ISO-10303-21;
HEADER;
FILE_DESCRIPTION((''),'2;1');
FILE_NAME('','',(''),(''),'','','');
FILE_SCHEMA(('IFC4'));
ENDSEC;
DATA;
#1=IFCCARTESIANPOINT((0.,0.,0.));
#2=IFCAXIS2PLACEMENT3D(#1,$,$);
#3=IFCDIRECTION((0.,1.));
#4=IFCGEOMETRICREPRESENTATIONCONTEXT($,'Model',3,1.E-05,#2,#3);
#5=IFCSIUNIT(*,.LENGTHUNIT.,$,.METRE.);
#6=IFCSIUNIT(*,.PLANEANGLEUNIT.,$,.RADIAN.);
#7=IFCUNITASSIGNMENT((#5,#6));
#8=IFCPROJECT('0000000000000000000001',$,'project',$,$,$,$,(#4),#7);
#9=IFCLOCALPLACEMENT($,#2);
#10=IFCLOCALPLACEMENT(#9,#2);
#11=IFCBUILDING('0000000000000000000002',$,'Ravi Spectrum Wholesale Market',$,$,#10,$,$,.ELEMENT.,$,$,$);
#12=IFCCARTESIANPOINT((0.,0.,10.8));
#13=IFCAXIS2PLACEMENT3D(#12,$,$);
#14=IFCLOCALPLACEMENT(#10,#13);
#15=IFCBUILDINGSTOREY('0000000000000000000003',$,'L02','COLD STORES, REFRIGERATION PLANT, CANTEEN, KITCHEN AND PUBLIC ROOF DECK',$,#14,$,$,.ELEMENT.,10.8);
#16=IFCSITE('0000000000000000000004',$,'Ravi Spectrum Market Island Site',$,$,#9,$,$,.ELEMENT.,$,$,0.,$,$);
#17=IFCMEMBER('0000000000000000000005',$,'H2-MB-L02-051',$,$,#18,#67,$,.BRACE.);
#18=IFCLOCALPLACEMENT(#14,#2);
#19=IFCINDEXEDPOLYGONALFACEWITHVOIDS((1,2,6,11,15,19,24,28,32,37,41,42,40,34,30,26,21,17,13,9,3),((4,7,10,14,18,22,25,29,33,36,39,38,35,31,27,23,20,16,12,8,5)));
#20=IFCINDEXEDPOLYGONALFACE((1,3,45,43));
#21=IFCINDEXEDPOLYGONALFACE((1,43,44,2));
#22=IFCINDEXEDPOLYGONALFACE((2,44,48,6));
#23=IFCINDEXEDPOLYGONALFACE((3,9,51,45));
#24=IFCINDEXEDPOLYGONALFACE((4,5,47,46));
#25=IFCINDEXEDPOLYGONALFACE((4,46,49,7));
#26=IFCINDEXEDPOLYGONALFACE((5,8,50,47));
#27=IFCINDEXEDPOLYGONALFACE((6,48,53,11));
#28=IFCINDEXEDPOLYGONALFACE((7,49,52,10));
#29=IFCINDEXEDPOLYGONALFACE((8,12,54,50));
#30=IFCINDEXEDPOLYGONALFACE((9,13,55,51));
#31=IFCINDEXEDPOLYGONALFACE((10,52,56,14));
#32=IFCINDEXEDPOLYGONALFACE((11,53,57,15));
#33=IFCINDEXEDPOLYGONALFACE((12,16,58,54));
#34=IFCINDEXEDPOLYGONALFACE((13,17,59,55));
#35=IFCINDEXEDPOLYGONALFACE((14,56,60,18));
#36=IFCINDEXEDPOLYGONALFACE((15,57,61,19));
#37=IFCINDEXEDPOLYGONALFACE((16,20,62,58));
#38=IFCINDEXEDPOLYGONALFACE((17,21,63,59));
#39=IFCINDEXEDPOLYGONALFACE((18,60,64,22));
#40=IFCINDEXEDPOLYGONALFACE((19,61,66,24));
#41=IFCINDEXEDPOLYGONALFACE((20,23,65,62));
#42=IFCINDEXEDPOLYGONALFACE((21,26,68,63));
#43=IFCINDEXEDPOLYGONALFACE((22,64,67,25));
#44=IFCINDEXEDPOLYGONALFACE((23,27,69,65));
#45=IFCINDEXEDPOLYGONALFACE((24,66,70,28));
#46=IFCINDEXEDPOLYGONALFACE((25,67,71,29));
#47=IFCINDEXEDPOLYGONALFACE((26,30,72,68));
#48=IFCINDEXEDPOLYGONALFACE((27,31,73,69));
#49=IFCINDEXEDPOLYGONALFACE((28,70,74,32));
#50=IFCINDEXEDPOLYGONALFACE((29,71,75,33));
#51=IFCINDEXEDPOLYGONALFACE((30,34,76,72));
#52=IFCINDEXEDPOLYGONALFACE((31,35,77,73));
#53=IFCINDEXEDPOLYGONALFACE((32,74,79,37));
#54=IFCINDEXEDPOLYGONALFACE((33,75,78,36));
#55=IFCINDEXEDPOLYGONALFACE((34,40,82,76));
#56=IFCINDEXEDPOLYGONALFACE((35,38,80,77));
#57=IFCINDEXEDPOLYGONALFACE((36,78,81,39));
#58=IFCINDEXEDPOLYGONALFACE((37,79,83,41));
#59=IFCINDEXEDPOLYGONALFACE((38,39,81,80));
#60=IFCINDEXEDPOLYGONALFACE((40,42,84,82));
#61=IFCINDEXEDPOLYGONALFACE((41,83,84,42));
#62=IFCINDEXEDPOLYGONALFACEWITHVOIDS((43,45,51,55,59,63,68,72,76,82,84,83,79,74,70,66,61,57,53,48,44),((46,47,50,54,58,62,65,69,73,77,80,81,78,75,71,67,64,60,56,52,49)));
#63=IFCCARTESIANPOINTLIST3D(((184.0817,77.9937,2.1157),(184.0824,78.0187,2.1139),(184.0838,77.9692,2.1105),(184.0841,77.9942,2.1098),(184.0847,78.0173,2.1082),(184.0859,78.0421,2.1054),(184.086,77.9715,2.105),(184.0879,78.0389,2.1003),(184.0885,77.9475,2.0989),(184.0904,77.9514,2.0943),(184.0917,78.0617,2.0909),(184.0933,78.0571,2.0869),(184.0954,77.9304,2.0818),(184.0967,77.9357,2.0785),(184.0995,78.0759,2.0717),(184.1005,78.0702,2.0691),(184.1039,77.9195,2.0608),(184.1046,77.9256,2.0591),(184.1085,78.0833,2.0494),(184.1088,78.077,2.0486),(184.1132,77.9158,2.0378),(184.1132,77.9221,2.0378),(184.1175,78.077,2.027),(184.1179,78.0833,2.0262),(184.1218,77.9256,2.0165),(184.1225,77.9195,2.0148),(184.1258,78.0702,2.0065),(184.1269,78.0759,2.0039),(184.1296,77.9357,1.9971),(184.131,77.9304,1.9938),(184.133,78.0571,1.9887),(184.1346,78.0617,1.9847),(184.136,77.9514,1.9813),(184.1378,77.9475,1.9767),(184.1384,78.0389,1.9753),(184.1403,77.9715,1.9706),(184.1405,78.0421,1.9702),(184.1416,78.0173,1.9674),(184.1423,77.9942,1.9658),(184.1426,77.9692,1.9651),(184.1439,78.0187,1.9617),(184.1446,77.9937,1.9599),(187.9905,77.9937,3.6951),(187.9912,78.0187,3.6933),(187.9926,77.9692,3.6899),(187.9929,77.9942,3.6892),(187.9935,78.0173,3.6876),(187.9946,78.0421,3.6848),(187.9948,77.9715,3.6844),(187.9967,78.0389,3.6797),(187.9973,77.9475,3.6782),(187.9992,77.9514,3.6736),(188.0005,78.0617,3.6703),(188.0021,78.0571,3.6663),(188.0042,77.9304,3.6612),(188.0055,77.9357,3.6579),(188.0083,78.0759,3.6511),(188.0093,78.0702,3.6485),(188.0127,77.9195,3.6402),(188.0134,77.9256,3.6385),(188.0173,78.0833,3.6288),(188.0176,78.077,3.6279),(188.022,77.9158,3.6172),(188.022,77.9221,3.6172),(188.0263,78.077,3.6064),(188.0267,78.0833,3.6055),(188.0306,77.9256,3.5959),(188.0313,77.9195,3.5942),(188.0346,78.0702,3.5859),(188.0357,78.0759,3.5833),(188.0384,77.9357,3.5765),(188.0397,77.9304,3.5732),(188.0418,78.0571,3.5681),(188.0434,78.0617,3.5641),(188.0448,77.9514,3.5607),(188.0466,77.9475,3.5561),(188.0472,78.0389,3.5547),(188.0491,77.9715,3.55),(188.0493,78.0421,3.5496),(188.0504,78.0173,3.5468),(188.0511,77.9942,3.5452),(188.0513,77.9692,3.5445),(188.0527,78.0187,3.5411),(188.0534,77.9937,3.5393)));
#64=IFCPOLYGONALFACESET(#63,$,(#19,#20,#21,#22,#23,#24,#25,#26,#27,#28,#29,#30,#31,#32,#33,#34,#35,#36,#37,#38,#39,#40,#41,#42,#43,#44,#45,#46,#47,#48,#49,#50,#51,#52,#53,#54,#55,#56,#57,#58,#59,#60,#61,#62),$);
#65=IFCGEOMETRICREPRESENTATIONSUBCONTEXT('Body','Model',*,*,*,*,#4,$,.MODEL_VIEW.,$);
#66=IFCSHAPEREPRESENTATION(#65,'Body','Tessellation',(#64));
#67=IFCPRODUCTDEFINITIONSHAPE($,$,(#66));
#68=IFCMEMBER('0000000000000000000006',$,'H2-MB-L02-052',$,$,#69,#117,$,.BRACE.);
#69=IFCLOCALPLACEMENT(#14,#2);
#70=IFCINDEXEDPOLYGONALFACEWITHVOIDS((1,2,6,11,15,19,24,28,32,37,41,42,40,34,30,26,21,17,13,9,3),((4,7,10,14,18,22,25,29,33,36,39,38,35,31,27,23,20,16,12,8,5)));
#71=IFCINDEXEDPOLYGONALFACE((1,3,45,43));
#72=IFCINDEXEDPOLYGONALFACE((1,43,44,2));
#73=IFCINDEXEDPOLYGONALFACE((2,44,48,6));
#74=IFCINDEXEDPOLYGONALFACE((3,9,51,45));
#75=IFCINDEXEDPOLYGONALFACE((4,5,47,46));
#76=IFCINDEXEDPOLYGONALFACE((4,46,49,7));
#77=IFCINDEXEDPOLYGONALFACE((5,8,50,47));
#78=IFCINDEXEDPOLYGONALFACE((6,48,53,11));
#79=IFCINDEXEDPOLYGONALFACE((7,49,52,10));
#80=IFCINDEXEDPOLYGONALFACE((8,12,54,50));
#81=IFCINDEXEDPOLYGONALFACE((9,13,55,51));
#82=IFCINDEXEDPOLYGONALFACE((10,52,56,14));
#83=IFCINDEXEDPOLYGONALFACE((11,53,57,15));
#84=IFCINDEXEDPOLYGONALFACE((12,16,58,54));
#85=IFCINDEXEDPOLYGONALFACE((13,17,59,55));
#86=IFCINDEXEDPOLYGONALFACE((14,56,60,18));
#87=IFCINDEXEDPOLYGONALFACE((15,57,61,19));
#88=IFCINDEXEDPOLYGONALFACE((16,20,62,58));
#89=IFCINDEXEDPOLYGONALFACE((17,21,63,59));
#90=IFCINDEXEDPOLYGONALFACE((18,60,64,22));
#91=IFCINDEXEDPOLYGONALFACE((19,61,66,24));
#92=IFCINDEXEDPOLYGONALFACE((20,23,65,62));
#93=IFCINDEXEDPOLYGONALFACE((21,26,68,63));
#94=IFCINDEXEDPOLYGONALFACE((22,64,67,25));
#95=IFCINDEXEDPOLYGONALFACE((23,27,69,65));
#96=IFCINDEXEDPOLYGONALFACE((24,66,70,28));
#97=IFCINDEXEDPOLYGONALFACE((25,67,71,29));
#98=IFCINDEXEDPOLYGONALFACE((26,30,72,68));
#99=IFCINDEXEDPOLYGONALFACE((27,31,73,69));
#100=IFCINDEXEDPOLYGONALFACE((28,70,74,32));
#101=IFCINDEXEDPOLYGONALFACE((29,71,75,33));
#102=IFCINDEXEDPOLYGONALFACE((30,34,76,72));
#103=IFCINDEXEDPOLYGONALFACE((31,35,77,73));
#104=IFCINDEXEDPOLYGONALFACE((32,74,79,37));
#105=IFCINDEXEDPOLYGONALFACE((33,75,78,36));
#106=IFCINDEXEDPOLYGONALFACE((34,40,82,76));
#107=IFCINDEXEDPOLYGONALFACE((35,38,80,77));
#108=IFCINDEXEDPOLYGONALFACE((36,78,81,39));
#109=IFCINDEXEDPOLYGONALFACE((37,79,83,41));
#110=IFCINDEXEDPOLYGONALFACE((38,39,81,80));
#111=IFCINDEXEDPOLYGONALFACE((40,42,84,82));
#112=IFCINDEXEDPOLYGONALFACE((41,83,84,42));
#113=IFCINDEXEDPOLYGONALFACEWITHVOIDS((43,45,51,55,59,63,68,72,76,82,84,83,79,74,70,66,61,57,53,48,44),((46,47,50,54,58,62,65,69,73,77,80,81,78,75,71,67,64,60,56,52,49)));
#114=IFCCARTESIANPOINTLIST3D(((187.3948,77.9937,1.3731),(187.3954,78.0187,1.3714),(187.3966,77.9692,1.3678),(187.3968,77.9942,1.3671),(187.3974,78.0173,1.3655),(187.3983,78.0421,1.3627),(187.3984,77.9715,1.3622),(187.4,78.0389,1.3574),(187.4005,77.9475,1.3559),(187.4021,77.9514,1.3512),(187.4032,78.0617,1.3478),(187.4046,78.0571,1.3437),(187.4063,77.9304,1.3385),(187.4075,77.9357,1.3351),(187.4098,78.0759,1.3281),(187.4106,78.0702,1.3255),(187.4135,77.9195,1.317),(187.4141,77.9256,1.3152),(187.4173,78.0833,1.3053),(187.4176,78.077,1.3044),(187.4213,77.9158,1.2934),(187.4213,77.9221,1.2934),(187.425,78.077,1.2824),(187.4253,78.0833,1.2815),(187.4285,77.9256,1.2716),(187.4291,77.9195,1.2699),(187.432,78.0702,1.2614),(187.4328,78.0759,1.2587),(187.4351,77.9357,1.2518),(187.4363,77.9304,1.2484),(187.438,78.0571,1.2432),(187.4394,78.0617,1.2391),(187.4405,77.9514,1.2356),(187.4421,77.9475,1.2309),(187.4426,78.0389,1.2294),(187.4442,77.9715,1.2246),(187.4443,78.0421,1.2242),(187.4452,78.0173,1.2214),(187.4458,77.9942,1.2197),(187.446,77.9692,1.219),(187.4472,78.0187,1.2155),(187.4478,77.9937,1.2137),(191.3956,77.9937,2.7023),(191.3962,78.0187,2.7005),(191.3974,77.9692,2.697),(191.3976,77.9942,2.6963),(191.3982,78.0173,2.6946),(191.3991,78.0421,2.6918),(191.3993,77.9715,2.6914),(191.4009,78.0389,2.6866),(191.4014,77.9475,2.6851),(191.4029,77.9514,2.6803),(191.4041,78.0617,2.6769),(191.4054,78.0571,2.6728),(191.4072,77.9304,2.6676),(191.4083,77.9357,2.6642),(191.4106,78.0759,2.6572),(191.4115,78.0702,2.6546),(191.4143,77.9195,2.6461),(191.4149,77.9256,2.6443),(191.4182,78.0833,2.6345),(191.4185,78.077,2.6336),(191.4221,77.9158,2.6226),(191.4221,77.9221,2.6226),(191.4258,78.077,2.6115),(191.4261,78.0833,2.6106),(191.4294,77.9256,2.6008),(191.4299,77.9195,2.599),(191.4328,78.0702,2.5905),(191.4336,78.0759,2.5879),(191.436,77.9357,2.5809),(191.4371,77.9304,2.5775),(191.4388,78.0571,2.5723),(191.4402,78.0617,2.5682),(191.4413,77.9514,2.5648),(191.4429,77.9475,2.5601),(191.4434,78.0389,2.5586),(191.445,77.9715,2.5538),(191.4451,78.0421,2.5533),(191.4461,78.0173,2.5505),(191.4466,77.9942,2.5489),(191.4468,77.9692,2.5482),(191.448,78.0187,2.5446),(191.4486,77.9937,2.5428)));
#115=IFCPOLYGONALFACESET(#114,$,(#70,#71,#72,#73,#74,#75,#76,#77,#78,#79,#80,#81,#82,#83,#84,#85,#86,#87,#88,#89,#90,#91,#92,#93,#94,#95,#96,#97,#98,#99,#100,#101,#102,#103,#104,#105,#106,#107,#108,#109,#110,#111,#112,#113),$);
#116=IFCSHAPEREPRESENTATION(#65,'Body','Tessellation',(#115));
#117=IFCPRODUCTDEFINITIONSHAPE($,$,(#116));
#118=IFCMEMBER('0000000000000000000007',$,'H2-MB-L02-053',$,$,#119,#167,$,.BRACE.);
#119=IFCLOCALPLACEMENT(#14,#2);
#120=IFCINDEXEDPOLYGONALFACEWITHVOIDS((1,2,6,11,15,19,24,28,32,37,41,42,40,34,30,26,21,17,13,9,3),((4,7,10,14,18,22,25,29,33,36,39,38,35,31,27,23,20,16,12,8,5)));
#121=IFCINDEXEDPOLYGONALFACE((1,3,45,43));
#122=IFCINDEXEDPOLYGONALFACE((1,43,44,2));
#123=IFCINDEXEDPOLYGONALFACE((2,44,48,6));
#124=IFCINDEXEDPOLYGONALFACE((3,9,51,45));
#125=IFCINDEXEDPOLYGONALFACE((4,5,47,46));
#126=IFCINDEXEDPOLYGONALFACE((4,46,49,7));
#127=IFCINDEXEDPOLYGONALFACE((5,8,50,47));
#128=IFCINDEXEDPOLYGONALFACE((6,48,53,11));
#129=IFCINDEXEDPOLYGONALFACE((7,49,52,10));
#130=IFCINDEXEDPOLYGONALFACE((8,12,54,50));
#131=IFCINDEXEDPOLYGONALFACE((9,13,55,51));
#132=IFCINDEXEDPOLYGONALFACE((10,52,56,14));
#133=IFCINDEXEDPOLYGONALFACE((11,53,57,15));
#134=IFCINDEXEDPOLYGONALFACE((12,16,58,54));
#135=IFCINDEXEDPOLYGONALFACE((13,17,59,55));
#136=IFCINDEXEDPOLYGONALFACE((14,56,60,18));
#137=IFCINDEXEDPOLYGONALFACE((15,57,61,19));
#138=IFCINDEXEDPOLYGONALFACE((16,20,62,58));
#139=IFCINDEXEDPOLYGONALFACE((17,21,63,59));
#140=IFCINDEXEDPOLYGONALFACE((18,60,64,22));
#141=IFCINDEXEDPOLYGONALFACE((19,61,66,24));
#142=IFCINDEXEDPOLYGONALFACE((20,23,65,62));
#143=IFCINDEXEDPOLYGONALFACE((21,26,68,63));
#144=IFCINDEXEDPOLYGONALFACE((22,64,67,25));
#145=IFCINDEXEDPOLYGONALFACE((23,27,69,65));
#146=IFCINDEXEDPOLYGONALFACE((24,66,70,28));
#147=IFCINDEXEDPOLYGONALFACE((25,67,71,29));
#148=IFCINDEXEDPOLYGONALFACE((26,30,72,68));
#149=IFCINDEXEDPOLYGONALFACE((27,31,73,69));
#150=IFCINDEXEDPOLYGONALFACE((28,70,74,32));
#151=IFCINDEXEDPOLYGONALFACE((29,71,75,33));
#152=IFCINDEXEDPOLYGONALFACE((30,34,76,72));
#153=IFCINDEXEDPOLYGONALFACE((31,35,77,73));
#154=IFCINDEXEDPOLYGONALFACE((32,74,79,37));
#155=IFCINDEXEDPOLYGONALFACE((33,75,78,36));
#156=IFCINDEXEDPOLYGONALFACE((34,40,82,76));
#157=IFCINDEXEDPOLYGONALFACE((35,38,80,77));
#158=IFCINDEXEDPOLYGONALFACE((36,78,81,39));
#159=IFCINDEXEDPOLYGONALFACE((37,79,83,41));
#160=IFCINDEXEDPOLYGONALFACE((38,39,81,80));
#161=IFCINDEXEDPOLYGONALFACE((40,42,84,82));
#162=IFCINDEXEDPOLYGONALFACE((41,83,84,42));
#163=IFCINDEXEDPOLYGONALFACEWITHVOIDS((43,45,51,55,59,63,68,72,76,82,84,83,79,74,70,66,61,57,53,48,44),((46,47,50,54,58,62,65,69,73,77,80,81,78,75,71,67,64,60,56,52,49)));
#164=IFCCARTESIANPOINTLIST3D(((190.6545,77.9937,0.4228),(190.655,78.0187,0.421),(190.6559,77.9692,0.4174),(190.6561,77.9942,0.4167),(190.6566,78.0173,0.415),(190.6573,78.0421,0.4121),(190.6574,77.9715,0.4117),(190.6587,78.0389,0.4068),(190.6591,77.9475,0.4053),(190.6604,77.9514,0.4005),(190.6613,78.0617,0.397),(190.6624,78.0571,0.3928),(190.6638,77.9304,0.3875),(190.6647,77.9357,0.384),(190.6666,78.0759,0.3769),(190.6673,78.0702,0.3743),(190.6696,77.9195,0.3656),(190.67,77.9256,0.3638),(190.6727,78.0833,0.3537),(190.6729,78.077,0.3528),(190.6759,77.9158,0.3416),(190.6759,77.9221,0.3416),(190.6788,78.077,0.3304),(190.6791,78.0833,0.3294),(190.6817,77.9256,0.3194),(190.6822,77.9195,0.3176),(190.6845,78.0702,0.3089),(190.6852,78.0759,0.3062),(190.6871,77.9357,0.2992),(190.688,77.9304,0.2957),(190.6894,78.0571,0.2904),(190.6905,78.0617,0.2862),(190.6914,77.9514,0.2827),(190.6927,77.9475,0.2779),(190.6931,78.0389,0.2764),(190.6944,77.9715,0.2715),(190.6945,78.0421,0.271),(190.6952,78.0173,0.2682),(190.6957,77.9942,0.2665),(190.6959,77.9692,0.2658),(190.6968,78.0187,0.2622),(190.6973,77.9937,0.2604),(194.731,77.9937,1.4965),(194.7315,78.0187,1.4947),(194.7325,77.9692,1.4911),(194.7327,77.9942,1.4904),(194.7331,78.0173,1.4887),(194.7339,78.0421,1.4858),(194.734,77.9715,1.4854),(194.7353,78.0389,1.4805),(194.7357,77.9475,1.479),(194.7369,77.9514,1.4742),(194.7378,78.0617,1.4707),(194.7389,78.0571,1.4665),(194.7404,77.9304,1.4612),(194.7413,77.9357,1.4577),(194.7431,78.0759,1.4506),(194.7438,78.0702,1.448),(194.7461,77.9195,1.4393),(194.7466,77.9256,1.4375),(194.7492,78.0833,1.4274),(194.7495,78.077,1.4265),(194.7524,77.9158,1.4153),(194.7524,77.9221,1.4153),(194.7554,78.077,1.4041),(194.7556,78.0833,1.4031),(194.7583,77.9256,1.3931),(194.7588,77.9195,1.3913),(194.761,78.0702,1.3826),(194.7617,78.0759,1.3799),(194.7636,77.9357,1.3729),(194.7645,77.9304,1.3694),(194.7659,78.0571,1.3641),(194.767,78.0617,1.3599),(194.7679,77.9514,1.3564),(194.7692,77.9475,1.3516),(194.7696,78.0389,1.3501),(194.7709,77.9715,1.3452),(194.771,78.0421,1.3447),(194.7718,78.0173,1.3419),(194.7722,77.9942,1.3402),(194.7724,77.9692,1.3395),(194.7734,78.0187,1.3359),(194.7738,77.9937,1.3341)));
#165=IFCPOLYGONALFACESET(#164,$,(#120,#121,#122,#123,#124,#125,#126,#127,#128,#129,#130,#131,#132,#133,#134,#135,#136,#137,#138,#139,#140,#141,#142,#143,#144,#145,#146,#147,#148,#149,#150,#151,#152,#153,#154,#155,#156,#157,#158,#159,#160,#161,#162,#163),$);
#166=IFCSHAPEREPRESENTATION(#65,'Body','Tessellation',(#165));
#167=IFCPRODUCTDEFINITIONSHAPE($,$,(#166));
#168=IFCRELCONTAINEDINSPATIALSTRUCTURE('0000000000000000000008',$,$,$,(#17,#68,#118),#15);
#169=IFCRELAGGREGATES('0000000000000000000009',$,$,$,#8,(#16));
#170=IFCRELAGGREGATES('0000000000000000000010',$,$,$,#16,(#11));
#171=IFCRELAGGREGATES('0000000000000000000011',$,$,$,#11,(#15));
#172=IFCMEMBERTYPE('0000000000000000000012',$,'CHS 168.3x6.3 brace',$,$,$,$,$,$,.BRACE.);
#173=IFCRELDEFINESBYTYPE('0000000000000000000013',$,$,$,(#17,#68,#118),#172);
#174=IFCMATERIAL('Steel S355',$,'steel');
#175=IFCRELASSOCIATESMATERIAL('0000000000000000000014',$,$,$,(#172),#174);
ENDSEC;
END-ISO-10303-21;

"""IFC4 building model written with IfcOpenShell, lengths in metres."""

from ifc_helpers import new_model, si_unit, direction, frame, origin, origin_2d, place, context, subcontext, project, spatial, hollow_circle, extrude, material, material_profile, profile_set, type_object, element, save


model = new_model("IFC4")

# Units and contexts
model_context = context("Model", 3, precision=1e-05, world=origin(), true_north=direction((0.0, 1.0)))
body_context = subcontext(model_context, "Body", "Model", "MODEL_VIEW")
ifc_project = project(units=[si_unit("LENGTHUNIT", "METRE"), si_unit("PLANEANGLEUNIT", "RADIAN")], contexts=[model_context])

# Site, building, storey
site_placement = place(None, origin())
site = spatial("IfcSite", under=ifc_project, at=site_placement, Name="Ravi Spectrum Market Island Site", CompositionType="ELEMENT", RefElevation=0.0)
building_placement = place(site_placement, origin())
building = spatial("IfcBuilding", under=site, at=building_placement, Name="Ravi Spectrum Wholesale Market", CompositionType="ELEMENT")
storey_placement = place(building_placement, frame((0.0, 0.0, 10.8)))
storey = spatial("IfcBuildingStorey", under=building, at=storey_placement, Name="L02", Description="COLD STORES, REFRIGERATION PLANT, CANTEEN, KITCHEN AND PUBLIC ROOF DECK", CompositionType="ELEMENT", Elevation=10.8)

# Members
ifc_material_1 = material(Name="Steel S355", Category="steel")
ifc_material_profile_1 = material_profile(ifc_material_1, hollow_circle(Radius=0.0842, WallThickness=0.0063, at=origin_2d()))
ifc_profile_set_1 = profile_set([ifc_material_profile_1], Name="Steel S355")
member_type_1 = type_object("IfcMemberType", Name="CHS 168.3x6.3 brace", PredefinedType="BRACE", material=ifc_profile_set_1)
for number, where, z_axis, x_axis, name in (
    (1, (188.022, 78.0, 3.6172), (-0.927173, 0.0, -0.374633), (0.0, -1.0, 0.0), "H2-MB-L02-051"),
    (2, (191.4221, 78.0, 2.6226), (-0.949001, 0.0, -0.315272), (0.0, -1.0, 0.0), "H2-MB-L02-052"),
):
    element("IfcMember", number, at=place(storey_placement, frame(where, z_axis=z_axis, x_axis=x_axis)), inside=storey, type_object=member_type_1, Name=name, PredefinedType="BRACE", context=body_context, shape_type="SweptSolid", body=[
        extrude(hollow_circle(Radius=0.0842, WallThickness=0.0063, at=origin_2d()), origin(), (0.0, 0.0, 1.0), 4.2158),
    ])
member_1_placement = place(storey_placement, frame((194.7524, 78.0, 1.4153), z_axis=(-0.967021, 0.0, -0.254699), x_axis=(0.0, -1.0, 0.0)))
element("IfcMember", 3, at=member_1_placement, inside=storey, type_object=member_type_1, Name="H2-MB-L02-053", PredefinedType="BRACE", context=body_context, shape_type="SweptSolid", body=[
    extrude(hollow_circle(Radius=0.0842, WallThickness=0.0063, at=origin_2d()), origin(), (0.0, 0.0, 1.0), 4.2156),
])

save(model, "model.ifc")
